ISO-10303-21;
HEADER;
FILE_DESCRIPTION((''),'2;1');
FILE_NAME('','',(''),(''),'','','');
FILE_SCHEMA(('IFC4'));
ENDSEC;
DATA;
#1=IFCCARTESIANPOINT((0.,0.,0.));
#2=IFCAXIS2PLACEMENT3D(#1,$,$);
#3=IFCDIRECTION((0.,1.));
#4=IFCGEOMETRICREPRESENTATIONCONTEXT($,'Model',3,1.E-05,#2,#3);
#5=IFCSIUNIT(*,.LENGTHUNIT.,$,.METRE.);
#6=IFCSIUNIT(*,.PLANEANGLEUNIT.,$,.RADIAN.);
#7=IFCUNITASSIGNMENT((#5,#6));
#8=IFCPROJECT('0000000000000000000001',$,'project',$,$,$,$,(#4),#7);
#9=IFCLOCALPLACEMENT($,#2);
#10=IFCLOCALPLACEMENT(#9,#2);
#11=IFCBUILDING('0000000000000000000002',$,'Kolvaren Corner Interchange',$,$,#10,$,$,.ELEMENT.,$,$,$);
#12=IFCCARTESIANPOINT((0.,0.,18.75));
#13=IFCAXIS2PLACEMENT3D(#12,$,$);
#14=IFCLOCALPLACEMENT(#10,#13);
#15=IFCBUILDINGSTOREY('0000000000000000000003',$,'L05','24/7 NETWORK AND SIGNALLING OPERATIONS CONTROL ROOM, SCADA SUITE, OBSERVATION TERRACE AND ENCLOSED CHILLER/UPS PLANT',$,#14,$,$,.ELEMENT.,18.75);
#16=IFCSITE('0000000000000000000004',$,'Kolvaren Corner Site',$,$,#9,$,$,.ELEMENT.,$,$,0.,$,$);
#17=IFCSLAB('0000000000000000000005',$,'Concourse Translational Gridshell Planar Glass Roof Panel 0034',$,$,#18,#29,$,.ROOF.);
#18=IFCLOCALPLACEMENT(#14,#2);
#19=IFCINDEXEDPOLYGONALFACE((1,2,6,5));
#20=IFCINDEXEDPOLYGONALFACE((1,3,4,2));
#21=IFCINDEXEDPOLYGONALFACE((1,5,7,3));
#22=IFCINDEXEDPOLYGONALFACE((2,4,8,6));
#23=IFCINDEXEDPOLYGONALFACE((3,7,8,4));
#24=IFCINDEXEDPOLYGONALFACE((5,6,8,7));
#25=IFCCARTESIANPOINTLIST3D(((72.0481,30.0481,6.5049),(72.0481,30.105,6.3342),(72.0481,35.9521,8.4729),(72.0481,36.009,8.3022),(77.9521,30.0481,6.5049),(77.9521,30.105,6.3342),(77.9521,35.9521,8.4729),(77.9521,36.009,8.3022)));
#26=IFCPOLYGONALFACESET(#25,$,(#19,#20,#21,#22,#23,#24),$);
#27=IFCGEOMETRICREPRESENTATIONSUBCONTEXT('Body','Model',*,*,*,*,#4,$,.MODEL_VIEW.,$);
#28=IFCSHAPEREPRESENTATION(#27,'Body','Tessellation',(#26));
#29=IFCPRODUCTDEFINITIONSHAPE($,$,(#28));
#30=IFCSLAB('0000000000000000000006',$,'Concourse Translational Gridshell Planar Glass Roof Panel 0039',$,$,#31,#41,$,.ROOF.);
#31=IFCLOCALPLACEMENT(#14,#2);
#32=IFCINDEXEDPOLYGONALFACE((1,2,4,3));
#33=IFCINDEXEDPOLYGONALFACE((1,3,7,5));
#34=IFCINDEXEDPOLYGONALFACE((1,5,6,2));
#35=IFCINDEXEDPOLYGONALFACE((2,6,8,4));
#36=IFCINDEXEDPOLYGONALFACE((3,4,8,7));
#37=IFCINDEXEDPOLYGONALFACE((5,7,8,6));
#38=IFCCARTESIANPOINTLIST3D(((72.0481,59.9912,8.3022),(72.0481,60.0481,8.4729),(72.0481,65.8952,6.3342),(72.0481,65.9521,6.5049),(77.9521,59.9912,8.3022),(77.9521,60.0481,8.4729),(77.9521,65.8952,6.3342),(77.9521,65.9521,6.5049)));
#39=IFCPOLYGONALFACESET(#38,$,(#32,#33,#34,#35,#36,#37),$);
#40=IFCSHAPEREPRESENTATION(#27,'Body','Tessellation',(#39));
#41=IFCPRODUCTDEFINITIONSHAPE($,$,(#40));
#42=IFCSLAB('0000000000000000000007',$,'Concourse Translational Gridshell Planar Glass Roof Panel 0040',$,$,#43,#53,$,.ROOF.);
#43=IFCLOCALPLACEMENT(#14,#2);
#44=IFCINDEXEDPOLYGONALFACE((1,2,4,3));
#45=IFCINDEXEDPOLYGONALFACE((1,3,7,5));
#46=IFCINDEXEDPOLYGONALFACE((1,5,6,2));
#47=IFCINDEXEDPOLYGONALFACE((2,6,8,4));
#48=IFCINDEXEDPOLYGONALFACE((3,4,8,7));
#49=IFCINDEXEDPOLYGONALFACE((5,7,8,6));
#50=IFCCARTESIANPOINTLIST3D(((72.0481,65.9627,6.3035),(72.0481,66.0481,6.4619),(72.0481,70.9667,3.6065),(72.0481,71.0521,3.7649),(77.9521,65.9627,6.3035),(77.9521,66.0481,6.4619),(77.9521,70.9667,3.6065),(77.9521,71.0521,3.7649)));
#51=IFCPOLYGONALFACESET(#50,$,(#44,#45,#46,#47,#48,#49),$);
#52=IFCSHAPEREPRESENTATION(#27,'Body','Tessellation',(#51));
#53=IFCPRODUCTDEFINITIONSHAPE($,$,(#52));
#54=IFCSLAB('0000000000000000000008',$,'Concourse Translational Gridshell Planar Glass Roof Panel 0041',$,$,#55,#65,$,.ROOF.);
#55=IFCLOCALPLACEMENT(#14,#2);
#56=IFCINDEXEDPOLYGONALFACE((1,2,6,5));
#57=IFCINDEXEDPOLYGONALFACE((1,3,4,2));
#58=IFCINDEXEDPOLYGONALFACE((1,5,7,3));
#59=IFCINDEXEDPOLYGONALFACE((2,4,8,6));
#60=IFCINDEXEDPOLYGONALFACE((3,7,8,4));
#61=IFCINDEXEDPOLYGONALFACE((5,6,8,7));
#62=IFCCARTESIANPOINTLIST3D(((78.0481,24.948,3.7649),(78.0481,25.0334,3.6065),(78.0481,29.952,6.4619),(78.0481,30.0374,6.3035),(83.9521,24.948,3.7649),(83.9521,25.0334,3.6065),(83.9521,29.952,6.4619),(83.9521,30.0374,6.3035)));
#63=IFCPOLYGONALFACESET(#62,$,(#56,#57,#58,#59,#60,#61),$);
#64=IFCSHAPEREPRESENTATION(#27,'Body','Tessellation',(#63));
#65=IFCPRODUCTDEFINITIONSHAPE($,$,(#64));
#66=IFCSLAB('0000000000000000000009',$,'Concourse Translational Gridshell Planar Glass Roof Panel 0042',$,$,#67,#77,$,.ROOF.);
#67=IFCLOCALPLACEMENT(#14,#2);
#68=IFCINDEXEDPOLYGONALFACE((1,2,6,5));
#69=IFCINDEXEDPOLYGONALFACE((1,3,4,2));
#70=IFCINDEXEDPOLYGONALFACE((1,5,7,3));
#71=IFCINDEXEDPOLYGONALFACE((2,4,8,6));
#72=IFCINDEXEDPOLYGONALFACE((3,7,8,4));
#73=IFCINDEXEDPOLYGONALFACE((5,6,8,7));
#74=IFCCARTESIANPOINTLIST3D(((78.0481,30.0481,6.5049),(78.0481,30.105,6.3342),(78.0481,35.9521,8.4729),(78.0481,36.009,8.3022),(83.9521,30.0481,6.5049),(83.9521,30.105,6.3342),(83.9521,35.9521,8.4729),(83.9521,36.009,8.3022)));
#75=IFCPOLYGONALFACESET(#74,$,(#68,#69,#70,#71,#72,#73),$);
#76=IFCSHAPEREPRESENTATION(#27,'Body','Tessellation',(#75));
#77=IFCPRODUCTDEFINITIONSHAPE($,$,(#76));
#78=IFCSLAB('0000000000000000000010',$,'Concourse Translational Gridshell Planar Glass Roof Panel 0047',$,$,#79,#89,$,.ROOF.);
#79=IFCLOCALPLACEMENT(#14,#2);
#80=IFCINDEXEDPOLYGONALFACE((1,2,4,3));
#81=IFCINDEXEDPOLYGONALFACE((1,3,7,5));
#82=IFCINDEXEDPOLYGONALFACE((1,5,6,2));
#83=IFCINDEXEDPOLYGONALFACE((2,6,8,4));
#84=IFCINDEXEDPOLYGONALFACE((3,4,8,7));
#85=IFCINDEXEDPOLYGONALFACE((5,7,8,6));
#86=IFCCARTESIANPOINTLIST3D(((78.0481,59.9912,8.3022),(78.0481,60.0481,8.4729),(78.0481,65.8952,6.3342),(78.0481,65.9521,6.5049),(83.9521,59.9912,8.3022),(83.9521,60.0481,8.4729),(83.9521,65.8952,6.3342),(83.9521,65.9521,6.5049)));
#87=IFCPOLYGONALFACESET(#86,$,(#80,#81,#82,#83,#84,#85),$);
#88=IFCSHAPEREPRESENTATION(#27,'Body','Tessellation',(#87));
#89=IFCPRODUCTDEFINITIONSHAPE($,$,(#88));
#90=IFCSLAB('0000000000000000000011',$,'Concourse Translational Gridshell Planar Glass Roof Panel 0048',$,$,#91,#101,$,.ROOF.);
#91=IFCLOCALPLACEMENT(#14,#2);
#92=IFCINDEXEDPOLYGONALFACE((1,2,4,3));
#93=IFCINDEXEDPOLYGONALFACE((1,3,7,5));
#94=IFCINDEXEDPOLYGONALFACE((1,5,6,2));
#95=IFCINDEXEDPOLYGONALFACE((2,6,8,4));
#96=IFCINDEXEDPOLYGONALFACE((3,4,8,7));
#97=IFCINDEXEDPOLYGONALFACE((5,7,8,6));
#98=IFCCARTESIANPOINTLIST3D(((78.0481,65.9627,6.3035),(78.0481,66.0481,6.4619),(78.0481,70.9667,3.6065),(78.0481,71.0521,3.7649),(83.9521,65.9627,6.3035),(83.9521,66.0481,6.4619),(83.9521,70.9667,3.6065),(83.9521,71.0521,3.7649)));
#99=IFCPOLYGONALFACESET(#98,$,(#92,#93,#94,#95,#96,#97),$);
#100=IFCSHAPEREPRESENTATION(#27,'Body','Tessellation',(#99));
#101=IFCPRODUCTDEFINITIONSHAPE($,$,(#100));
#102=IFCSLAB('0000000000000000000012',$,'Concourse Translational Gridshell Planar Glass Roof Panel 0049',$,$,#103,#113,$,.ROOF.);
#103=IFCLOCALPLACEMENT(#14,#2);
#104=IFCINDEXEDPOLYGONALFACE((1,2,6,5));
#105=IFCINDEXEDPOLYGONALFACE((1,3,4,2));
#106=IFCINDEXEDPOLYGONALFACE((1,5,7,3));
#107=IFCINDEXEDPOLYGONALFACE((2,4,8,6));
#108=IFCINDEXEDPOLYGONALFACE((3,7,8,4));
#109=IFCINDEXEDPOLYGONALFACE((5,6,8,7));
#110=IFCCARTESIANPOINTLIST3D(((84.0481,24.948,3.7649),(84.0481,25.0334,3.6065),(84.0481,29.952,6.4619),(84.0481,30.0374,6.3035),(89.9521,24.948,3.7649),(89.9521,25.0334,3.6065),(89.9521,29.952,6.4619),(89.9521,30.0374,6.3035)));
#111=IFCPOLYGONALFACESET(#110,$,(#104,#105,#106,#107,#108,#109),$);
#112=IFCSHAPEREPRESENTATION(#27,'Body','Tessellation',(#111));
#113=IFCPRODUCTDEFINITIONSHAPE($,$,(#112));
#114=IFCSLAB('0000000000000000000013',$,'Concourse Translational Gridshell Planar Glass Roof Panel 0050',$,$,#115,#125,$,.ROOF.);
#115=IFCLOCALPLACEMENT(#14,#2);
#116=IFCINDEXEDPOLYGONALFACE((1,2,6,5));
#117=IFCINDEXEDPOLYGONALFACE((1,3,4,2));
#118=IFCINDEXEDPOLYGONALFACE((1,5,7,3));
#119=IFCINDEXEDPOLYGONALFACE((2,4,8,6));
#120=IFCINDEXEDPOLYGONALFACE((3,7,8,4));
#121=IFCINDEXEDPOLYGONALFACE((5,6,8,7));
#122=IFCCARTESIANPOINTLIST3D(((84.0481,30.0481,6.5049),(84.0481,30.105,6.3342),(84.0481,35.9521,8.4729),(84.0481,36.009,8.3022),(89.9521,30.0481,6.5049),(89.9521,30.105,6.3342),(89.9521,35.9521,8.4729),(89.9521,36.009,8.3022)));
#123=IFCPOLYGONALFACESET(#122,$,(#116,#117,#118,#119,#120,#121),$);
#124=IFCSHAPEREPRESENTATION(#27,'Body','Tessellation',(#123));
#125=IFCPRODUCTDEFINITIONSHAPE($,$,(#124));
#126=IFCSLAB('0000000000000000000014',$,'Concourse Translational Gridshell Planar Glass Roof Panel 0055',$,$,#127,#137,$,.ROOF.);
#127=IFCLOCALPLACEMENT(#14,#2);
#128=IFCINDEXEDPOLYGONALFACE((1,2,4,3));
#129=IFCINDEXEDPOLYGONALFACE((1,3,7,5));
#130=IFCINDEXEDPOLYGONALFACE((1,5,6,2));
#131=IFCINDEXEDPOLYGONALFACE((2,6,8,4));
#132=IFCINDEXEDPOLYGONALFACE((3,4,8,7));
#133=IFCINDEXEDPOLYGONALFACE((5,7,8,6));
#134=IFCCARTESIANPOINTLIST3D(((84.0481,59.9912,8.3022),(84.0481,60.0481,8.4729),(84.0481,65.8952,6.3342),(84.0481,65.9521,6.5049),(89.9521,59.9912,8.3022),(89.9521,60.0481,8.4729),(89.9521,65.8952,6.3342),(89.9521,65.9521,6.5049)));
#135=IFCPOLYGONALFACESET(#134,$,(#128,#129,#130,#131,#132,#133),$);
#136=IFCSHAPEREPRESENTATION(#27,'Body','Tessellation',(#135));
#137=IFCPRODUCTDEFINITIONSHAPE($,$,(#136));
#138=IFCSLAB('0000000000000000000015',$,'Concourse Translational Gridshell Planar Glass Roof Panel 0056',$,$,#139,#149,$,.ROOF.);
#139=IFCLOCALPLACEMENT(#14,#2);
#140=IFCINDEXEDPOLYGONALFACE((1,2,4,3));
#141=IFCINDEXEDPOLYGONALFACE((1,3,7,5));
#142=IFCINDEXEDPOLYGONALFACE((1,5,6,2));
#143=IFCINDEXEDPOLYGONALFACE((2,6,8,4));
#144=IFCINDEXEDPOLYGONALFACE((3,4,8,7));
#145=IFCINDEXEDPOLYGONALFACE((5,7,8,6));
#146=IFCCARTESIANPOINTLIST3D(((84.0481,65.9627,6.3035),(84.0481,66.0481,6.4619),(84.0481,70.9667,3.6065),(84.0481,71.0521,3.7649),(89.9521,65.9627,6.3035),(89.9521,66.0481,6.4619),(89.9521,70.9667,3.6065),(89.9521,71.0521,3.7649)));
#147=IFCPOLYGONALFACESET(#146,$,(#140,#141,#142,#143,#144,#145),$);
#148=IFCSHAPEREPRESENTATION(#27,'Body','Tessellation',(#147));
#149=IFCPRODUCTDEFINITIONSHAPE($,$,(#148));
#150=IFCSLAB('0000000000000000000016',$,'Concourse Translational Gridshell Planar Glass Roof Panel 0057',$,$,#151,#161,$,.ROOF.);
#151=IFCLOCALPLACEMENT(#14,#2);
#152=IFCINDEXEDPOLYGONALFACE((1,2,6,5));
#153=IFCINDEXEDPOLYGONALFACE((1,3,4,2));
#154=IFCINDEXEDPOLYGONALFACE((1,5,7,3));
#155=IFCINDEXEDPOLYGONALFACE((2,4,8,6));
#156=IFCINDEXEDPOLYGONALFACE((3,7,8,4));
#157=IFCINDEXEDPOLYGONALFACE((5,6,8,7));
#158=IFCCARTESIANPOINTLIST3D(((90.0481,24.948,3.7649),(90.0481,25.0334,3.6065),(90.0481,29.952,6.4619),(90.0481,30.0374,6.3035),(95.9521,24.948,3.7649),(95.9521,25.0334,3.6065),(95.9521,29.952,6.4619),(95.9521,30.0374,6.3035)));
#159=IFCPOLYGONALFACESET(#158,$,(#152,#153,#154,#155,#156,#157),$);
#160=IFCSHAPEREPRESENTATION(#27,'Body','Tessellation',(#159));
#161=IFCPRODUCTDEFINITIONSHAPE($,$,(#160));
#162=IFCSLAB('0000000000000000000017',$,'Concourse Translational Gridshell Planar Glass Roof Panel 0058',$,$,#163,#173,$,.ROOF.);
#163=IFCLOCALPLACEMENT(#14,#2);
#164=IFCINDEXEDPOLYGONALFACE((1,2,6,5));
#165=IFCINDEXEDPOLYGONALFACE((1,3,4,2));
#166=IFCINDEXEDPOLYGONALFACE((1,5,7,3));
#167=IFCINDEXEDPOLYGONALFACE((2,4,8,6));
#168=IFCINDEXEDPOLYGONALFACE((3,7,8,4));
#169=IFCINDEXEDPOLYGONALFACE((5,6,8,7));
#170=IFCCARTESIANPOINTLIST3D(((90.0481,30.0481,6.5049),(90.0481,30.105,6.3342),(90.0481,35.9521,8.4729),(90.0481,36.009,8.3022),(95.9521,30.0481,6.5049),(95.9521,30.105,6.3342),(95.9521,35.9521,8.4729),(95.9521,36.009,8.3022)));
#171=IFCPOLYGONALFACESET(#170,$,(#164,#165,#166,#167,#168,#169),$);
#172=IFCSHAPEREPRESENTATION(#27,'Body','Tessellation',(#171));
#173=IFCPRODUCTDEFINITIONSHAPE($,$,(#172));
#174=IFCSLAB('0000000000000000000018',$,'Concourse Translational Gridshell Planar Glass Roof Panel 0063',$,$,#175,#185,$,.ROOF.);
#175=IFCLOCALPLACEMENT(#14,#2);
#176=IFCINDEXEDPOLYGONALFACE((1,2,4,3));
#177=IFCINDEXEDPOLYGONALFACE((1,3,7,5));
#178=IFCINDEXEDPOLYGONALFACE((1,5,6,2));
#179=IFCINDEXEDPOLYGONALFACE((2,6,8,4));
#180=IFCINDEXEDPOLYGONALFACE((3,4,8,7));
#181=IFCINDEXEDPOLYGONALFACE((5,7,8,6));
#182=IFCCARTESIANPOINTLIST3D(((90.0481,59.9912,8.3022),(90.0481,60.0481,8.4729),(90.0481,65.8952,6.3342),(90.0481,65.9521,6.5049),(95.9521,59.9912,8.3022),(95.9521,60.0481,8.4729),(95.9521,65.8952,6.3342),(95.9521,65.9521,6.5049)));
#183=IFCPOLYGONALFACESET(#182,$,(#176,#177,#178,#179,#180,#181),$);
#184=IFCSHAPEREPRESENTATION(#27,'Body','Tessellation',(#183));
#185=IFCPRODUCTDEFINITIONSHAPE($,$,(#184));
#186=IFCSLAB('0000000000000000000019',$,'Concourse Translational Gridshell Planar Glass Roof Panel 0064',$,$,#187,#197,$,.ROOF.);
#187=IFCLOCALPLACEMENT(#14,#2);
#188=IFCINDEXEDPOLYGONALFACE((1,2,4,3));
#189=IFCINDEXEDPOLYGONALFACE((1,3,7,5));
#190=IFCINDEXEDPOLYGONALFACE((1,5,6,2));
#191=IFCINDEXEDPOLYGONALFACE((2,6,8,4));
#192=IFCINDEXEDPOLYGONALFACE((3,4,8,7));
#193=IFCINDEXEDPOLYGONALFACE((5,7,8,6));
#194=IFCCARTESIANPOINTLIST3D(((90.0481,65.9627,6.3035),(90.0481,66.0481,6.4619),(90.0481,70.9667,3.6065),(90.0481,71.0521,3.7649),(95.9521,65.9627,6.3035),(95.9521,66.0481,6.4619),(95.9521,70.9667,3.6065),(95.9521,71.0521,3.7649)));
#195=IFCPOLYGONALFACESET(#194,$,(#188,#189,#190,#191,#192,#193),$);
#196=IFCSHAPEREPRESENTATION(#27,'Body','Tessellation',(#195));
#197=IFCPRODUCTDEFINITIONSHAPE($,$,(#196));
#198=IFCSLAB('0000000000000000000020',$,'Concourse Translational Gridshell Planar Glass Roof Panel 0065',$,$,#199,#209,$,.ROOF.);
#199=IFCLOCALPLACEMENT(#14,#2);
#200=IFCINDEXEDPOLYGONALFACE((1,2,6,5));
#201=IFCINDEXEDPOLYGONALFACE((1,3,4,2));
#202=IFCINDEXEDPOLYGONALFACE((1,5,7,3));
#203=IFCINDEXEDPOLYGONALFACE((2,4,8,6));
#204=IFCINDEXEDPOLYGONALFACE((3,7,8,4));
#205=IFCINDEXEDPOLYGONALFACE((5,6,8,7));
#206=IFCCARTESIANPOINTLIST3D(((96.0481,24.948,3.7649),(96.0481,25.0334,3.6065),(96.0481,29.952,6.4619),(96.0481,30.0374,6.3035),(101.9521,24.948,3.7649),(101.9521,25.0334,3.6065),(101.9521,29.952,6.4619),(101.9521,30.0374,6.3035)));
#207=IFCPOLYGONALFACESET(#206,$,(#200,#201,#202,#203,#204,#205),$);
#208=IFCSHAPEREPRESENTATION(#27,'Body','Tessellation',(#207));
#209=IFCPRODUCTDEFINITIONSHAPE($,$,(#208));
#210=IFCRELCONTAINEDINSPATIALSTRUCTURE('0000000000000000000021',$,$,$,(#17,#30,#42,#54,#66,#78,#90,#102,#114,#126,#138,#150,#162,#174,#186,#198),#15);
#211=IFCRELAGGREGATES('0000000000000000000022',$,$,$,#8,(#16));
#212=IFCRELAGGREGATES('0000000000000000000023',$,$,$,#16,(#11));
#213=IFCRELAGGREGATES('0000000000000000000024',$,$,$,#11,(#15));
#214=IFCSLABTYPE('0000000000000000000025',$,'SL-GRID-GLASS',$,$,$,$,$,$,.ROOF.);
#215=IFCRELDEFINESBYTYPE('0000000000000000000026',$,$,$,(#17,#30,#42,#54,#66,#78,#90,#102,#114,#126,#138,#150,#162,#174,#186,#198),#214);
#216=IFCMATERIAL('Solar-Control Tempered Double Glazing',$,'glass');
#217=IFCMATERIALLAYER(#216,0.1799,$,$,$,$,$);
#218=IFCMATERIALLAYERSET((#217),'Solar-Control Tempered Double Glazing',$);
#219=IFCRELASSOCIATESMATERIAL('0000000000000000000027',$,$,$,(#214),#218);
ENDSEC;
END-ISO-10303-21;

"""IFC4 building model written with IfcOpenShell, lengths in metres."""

from ifc_helpers import new_model, si_unit, direction, frame, origin, place, context, subcontext, project, spatial, polyline, outline, extrude, material, layer, layer_set, type_object, element, save


model = new_model("IFC4")

# Units and contexts
model_context = context("Model", 3, precision=1e-05, world=origin(), true_north=direction((0.0, 1.0)))
body_context = subcontext(model_context, "Body", "Model", "MODEL_VIEW")
ifc_project = project(units=[si_unit("LENGTHUNIT", "METRE"), si_unit("PLANEANGLEUNIT", "RADIAN")], contexts=[model_context])

# Site, building, storey
site_placement = place(None, origin())
site = spatial("IfcSite", under=ifc_project, at=site_placement, Name="Kolvaren Corner Site", CompositionType="ELEMENT", RefElevation=0.0)
building_placement = place(site_placement, origin())
building = spatial("IfcBuilding", under=site, at=building_placement, Name="Kolvaren Corner Interchange", CompositionType="ELEMENT")
storey_placement = place(building_placement, frame((0.0, 0.0, 18.75)))
storey = spatial("IfcBuildingStorey", under=building, at=storey_placement, Name="L05", Description="24/7 NETWORK AND SIGNALLING OPERATIONS CONTROL ROOM, SCADA SUITE, OBSERVATION TERRACE AND ENCLOSED CHILLER/UPS PLANT", CompositionType="ELEMENT", Elevation=18.75)

# Slabs
ifc_material = material(Name="Solar-Control Tempered Double Glazing", Category="glass")
ifc_layer = layer(ifc_material, 0.1799)
ifc_layer_set = layer_set([ifc_layer], Name="Solar-Control Tempered Double Glazing")
slab_type = type_object("IfcSlabType", Name="SL-GRID-GLASS", PredefinedType="ROOF", material=ifc_layer_set)
for number, where, z_axis, x_axis, name in (
    (1, (72.0481, 30.0481, 6.5049), (0.0, -0.316228, 0.948683), (1.0, 0.0, 0.0), "Concourse Translational Gridshell Planar Glass Roof Panel 0034"),
    (2, (72.0481, 60.0481, 8.4729), (0.0, 0.316228, 0.948683), (1.0, 0.0, 0.0), "Concourse Translational Gridshell Planar Glass Roof Panel 0039"),
):
    element("IfcSlab", number, at=place(storey_placement, frame(where, z_axis=z_axis, x_axis=x_axis)), inside=storey, type_object=slab_type, Name=name, PredefinedType="ROOF", context=body_context, shape_type="SweptSolid", body=[
        extrude(outline(polyline([(0.0, 0.0), (5.904, 0.0), (5.904, 6.2234), (0.0, 6.2234), (0.0, 0.0)])), origin(), (0.0, 0.0, -1.0), 0.1799),
    ])
for number, where, z_axis, x_axis, name in (
    (3, (72.0481, 66.0481, 6.4619), (0.0, 0.474446, 0.880285), (1.0, 0.0, 0.0), "Concourse Translational Gridshell Planar Glass Roof Panel 0040"),
    (4, (78.0481, 24.948, 3.7649), (0.0, -0.474446, 0.880285), (1.0, 0.0, 0.0), "Concourse Translational Gridshell Planar Glass Roof Panel 0041"),
):
    element("IfcSlab", number, at=place(storey_placement, frame(where, z_axis=z_axis, x_axis=x_axis)), inside=storey, type_object=slab_type, Name=name, PredefinedType="ROOF", context=body_context, shape_type="SweptSolid", body=[
        extrude(outline(polyline([(0.0, 0.0), (5.904, 0.0), (5.904, 5.6845), (0.0, 5.6845), (0.0, 0.0)])), origin(), (0.0, 0.0, -1.0), 0.1799),
    ])
for number, where, z_axis, x_axis, name in (
    (5, (78.0481, 30.0481, 6.5049), (0.0, -0.316228, 0.948683), (1.0, 0.0, 0.0), "Concourse Translational Gridshell Planar Glass Roof Panel 0042"),
    (6, (78.0481, 60.0481, 8.4729), (0.0, 0.316228, 0.948683), (1.0, 0.0, 0.0), "Concourse Translational Gridshell Planar Glass Roof Panel 0047"),
):
    element("IfcSlab", number, at=place(storey_placement, frame(where, z_axis=z_axis, x_axis=x_axis)), inside=storey, type_object=slab_type, Name=name, PredefinedType="ROOF", context=body_context, shape_type="SweptSolid", body=[
        extrude(outline(polyline([(0.0, 0.0), (5.904, 0.0), (5.904, 6.2234), (0.0, 6.2234), (0.0, 0.0)])), origin(), (0.0, 0.0, -1.0), 0.1799),
    ])
for number, where, z_axis, x_axis, name in (
    (7, (78.0481, 66.0481, 6.4619), (0.0, 0.474446, 0.880285), (1.0, 0.0, 0.0), "Concourse Translational Gridshell Planar Glass Roof Panel 0048"),
    (8, (84.0481, 24.948, 3.7649), (0.0, -0.474446, 0.880285), (1.0, 0.0, 0.0), "Concourse Translational Gridshell Planar Glass Roof Panel 0049"),
):
    element("IfcSlab", number, at=place(storey_placement, frame(where, z_axis=z_axis, x_axis=x_axis)), inside=storey, type_object=slab_type, Name=name, PredefinedType="ROOF", context=body_context, shape_type="SweptSolid", body=[
        extrude(outline(polyline([(0.0, 0.0), (5.904, 0.0), (5.904, 5.6845), (0.0, 5.6845), (0.0, 0.0)])), origin(), (0.0, 0.0, -1.0), 0.1799),
    ])
for number, where, z_axis, x_axis, name in (
    (9, (84.0481, 30.0481, 6.5049), (0.0, -0.316228, 0.948683), (1.0, 0.0, 0.0), "Concourse Translational Gridshell Planar Glass Roof Panel 0050"),
    (10, (84.0481, 60.0481, 8.4729), (0.0, 0.316228, 0.948683), (1.0, 0.0, 0.0), "Concourse Translational Gridshell Planar Glass Roof Panel 0055"),
):
    element("IfcSlab", number, at=place(storey_placement, frame(where, z_axis=z_axis, x_axis=x_axis)), inside=storey, type_object=slab_type, Name=name, PredefinedType="ROOF", context=body_context, shape_type="SweptSolid", body=[
        extrude(outline(polyline([(0.0, 0.0), (5.904, 0.0), (5.904, 6.2234), (0.0, 6.2234), (0.0, 0.0)])), origin(), (0.0, 0.0, -1.0), 0.1799),
    ])
for number, where, z_axis, x_axis, name in (
    (11, (84.0481, 66.0481, 6.4619), (0.0, 0.474446, 0.880285), (1.0, 0.0, 0.0), "Concourse Translational Gridshell Planar Glass Roof Panel 0056"),
    (12, (90.0481, 24.948, 3.7649), (0.0, -0.474446, 0.880285), (1.0, 0.0, 0.0), "Concourse Translational Gridshell Planar Glass Roof Panel 0057"),
):
    element("IfcSlab", number, at=place(storey_placement, frame(where, z_axis=z_axis, x_axis=x_axis)), inside=storey, type_object=slab_type, Name=name, PredefinedType="ROOF", context=body_context, shape_type="SweptSolid", body=[
        extrude(outline(polyline([(0.0, 0.0), (5.904, 0.0), (5.904, 5.6845), (0.0, 5.6845), (0.0, 0.0)])), origin(), (0.0, 0.0, -1.0), 0.1799),
    ])
for number, where, z_axis, x_axis, name in (
    (13, (90.0481, 30.0481, 6.5049), (0.0, -0.316228, 0.948683), (1.0, 0.0, 0.0), "Concourse Translational Gridshell Planar Glass Roof Panel 0058"),
    (14, (90.0481, 60.0481, 8.4729), (0.0, 0.316228, 0.948683), (1.0, 0.0, 0.0), "Concourse Translational Gridshell Planar Glass Roof Panel 0063"),
):
    element("IfcSlab", number, at=place(storey_placement, frame(where, z_axis=z_axis, x_axis=x_axis)), inside=storey, type_object=slab_type, Name=name, PredefinedType="ROOF", context=body_context, shape_type="SweptSolid", body=[
        extrude(outline(polyline([(0.0, 0.0), (5.904, 0.0), (5.904, 6.2234), (0.0, 6.2234), (0.0, 0.0)])), origin(), (0.0, 0.0, -1.0), 0.1799),
    ])
for number, where, z_axis, x_axis, name in (
    (15, (90.0481, 66.0481, 6.4619), (0.0, 0.474446, 0.880285), (1.0, 0.0, 0.0), "Concourse Translational Gridshell Planar Glass Roof Panel 0064"),
    (16, (96.0481, 24.948, 3.7649), (0.0, -0.474446, 0.880285), (1.0, 0.0, 0.0), "Concourse Translational Gridshell Planar Glass Roof Panel 0065"),
):
    element("IfcSlab", number, at=place(storey_placement, frame(where, z_axis=z_axis, x_axis=x_axis)), inside=storey, type_object=slab_type, Name=name, PredefinedType="ROOF", context=body_context, shape_type="SweptSolid", body=[
        extrude(outline(polyline([(0.0, 0.0), (5.904, 0.0), (5.904, 5.6845), (0.0, 5.6845), (0.0, 0.0)])), origin(), (0.0, 0.0, -1.0), 0.1799),
    ])

save(model, "model.ifc")
